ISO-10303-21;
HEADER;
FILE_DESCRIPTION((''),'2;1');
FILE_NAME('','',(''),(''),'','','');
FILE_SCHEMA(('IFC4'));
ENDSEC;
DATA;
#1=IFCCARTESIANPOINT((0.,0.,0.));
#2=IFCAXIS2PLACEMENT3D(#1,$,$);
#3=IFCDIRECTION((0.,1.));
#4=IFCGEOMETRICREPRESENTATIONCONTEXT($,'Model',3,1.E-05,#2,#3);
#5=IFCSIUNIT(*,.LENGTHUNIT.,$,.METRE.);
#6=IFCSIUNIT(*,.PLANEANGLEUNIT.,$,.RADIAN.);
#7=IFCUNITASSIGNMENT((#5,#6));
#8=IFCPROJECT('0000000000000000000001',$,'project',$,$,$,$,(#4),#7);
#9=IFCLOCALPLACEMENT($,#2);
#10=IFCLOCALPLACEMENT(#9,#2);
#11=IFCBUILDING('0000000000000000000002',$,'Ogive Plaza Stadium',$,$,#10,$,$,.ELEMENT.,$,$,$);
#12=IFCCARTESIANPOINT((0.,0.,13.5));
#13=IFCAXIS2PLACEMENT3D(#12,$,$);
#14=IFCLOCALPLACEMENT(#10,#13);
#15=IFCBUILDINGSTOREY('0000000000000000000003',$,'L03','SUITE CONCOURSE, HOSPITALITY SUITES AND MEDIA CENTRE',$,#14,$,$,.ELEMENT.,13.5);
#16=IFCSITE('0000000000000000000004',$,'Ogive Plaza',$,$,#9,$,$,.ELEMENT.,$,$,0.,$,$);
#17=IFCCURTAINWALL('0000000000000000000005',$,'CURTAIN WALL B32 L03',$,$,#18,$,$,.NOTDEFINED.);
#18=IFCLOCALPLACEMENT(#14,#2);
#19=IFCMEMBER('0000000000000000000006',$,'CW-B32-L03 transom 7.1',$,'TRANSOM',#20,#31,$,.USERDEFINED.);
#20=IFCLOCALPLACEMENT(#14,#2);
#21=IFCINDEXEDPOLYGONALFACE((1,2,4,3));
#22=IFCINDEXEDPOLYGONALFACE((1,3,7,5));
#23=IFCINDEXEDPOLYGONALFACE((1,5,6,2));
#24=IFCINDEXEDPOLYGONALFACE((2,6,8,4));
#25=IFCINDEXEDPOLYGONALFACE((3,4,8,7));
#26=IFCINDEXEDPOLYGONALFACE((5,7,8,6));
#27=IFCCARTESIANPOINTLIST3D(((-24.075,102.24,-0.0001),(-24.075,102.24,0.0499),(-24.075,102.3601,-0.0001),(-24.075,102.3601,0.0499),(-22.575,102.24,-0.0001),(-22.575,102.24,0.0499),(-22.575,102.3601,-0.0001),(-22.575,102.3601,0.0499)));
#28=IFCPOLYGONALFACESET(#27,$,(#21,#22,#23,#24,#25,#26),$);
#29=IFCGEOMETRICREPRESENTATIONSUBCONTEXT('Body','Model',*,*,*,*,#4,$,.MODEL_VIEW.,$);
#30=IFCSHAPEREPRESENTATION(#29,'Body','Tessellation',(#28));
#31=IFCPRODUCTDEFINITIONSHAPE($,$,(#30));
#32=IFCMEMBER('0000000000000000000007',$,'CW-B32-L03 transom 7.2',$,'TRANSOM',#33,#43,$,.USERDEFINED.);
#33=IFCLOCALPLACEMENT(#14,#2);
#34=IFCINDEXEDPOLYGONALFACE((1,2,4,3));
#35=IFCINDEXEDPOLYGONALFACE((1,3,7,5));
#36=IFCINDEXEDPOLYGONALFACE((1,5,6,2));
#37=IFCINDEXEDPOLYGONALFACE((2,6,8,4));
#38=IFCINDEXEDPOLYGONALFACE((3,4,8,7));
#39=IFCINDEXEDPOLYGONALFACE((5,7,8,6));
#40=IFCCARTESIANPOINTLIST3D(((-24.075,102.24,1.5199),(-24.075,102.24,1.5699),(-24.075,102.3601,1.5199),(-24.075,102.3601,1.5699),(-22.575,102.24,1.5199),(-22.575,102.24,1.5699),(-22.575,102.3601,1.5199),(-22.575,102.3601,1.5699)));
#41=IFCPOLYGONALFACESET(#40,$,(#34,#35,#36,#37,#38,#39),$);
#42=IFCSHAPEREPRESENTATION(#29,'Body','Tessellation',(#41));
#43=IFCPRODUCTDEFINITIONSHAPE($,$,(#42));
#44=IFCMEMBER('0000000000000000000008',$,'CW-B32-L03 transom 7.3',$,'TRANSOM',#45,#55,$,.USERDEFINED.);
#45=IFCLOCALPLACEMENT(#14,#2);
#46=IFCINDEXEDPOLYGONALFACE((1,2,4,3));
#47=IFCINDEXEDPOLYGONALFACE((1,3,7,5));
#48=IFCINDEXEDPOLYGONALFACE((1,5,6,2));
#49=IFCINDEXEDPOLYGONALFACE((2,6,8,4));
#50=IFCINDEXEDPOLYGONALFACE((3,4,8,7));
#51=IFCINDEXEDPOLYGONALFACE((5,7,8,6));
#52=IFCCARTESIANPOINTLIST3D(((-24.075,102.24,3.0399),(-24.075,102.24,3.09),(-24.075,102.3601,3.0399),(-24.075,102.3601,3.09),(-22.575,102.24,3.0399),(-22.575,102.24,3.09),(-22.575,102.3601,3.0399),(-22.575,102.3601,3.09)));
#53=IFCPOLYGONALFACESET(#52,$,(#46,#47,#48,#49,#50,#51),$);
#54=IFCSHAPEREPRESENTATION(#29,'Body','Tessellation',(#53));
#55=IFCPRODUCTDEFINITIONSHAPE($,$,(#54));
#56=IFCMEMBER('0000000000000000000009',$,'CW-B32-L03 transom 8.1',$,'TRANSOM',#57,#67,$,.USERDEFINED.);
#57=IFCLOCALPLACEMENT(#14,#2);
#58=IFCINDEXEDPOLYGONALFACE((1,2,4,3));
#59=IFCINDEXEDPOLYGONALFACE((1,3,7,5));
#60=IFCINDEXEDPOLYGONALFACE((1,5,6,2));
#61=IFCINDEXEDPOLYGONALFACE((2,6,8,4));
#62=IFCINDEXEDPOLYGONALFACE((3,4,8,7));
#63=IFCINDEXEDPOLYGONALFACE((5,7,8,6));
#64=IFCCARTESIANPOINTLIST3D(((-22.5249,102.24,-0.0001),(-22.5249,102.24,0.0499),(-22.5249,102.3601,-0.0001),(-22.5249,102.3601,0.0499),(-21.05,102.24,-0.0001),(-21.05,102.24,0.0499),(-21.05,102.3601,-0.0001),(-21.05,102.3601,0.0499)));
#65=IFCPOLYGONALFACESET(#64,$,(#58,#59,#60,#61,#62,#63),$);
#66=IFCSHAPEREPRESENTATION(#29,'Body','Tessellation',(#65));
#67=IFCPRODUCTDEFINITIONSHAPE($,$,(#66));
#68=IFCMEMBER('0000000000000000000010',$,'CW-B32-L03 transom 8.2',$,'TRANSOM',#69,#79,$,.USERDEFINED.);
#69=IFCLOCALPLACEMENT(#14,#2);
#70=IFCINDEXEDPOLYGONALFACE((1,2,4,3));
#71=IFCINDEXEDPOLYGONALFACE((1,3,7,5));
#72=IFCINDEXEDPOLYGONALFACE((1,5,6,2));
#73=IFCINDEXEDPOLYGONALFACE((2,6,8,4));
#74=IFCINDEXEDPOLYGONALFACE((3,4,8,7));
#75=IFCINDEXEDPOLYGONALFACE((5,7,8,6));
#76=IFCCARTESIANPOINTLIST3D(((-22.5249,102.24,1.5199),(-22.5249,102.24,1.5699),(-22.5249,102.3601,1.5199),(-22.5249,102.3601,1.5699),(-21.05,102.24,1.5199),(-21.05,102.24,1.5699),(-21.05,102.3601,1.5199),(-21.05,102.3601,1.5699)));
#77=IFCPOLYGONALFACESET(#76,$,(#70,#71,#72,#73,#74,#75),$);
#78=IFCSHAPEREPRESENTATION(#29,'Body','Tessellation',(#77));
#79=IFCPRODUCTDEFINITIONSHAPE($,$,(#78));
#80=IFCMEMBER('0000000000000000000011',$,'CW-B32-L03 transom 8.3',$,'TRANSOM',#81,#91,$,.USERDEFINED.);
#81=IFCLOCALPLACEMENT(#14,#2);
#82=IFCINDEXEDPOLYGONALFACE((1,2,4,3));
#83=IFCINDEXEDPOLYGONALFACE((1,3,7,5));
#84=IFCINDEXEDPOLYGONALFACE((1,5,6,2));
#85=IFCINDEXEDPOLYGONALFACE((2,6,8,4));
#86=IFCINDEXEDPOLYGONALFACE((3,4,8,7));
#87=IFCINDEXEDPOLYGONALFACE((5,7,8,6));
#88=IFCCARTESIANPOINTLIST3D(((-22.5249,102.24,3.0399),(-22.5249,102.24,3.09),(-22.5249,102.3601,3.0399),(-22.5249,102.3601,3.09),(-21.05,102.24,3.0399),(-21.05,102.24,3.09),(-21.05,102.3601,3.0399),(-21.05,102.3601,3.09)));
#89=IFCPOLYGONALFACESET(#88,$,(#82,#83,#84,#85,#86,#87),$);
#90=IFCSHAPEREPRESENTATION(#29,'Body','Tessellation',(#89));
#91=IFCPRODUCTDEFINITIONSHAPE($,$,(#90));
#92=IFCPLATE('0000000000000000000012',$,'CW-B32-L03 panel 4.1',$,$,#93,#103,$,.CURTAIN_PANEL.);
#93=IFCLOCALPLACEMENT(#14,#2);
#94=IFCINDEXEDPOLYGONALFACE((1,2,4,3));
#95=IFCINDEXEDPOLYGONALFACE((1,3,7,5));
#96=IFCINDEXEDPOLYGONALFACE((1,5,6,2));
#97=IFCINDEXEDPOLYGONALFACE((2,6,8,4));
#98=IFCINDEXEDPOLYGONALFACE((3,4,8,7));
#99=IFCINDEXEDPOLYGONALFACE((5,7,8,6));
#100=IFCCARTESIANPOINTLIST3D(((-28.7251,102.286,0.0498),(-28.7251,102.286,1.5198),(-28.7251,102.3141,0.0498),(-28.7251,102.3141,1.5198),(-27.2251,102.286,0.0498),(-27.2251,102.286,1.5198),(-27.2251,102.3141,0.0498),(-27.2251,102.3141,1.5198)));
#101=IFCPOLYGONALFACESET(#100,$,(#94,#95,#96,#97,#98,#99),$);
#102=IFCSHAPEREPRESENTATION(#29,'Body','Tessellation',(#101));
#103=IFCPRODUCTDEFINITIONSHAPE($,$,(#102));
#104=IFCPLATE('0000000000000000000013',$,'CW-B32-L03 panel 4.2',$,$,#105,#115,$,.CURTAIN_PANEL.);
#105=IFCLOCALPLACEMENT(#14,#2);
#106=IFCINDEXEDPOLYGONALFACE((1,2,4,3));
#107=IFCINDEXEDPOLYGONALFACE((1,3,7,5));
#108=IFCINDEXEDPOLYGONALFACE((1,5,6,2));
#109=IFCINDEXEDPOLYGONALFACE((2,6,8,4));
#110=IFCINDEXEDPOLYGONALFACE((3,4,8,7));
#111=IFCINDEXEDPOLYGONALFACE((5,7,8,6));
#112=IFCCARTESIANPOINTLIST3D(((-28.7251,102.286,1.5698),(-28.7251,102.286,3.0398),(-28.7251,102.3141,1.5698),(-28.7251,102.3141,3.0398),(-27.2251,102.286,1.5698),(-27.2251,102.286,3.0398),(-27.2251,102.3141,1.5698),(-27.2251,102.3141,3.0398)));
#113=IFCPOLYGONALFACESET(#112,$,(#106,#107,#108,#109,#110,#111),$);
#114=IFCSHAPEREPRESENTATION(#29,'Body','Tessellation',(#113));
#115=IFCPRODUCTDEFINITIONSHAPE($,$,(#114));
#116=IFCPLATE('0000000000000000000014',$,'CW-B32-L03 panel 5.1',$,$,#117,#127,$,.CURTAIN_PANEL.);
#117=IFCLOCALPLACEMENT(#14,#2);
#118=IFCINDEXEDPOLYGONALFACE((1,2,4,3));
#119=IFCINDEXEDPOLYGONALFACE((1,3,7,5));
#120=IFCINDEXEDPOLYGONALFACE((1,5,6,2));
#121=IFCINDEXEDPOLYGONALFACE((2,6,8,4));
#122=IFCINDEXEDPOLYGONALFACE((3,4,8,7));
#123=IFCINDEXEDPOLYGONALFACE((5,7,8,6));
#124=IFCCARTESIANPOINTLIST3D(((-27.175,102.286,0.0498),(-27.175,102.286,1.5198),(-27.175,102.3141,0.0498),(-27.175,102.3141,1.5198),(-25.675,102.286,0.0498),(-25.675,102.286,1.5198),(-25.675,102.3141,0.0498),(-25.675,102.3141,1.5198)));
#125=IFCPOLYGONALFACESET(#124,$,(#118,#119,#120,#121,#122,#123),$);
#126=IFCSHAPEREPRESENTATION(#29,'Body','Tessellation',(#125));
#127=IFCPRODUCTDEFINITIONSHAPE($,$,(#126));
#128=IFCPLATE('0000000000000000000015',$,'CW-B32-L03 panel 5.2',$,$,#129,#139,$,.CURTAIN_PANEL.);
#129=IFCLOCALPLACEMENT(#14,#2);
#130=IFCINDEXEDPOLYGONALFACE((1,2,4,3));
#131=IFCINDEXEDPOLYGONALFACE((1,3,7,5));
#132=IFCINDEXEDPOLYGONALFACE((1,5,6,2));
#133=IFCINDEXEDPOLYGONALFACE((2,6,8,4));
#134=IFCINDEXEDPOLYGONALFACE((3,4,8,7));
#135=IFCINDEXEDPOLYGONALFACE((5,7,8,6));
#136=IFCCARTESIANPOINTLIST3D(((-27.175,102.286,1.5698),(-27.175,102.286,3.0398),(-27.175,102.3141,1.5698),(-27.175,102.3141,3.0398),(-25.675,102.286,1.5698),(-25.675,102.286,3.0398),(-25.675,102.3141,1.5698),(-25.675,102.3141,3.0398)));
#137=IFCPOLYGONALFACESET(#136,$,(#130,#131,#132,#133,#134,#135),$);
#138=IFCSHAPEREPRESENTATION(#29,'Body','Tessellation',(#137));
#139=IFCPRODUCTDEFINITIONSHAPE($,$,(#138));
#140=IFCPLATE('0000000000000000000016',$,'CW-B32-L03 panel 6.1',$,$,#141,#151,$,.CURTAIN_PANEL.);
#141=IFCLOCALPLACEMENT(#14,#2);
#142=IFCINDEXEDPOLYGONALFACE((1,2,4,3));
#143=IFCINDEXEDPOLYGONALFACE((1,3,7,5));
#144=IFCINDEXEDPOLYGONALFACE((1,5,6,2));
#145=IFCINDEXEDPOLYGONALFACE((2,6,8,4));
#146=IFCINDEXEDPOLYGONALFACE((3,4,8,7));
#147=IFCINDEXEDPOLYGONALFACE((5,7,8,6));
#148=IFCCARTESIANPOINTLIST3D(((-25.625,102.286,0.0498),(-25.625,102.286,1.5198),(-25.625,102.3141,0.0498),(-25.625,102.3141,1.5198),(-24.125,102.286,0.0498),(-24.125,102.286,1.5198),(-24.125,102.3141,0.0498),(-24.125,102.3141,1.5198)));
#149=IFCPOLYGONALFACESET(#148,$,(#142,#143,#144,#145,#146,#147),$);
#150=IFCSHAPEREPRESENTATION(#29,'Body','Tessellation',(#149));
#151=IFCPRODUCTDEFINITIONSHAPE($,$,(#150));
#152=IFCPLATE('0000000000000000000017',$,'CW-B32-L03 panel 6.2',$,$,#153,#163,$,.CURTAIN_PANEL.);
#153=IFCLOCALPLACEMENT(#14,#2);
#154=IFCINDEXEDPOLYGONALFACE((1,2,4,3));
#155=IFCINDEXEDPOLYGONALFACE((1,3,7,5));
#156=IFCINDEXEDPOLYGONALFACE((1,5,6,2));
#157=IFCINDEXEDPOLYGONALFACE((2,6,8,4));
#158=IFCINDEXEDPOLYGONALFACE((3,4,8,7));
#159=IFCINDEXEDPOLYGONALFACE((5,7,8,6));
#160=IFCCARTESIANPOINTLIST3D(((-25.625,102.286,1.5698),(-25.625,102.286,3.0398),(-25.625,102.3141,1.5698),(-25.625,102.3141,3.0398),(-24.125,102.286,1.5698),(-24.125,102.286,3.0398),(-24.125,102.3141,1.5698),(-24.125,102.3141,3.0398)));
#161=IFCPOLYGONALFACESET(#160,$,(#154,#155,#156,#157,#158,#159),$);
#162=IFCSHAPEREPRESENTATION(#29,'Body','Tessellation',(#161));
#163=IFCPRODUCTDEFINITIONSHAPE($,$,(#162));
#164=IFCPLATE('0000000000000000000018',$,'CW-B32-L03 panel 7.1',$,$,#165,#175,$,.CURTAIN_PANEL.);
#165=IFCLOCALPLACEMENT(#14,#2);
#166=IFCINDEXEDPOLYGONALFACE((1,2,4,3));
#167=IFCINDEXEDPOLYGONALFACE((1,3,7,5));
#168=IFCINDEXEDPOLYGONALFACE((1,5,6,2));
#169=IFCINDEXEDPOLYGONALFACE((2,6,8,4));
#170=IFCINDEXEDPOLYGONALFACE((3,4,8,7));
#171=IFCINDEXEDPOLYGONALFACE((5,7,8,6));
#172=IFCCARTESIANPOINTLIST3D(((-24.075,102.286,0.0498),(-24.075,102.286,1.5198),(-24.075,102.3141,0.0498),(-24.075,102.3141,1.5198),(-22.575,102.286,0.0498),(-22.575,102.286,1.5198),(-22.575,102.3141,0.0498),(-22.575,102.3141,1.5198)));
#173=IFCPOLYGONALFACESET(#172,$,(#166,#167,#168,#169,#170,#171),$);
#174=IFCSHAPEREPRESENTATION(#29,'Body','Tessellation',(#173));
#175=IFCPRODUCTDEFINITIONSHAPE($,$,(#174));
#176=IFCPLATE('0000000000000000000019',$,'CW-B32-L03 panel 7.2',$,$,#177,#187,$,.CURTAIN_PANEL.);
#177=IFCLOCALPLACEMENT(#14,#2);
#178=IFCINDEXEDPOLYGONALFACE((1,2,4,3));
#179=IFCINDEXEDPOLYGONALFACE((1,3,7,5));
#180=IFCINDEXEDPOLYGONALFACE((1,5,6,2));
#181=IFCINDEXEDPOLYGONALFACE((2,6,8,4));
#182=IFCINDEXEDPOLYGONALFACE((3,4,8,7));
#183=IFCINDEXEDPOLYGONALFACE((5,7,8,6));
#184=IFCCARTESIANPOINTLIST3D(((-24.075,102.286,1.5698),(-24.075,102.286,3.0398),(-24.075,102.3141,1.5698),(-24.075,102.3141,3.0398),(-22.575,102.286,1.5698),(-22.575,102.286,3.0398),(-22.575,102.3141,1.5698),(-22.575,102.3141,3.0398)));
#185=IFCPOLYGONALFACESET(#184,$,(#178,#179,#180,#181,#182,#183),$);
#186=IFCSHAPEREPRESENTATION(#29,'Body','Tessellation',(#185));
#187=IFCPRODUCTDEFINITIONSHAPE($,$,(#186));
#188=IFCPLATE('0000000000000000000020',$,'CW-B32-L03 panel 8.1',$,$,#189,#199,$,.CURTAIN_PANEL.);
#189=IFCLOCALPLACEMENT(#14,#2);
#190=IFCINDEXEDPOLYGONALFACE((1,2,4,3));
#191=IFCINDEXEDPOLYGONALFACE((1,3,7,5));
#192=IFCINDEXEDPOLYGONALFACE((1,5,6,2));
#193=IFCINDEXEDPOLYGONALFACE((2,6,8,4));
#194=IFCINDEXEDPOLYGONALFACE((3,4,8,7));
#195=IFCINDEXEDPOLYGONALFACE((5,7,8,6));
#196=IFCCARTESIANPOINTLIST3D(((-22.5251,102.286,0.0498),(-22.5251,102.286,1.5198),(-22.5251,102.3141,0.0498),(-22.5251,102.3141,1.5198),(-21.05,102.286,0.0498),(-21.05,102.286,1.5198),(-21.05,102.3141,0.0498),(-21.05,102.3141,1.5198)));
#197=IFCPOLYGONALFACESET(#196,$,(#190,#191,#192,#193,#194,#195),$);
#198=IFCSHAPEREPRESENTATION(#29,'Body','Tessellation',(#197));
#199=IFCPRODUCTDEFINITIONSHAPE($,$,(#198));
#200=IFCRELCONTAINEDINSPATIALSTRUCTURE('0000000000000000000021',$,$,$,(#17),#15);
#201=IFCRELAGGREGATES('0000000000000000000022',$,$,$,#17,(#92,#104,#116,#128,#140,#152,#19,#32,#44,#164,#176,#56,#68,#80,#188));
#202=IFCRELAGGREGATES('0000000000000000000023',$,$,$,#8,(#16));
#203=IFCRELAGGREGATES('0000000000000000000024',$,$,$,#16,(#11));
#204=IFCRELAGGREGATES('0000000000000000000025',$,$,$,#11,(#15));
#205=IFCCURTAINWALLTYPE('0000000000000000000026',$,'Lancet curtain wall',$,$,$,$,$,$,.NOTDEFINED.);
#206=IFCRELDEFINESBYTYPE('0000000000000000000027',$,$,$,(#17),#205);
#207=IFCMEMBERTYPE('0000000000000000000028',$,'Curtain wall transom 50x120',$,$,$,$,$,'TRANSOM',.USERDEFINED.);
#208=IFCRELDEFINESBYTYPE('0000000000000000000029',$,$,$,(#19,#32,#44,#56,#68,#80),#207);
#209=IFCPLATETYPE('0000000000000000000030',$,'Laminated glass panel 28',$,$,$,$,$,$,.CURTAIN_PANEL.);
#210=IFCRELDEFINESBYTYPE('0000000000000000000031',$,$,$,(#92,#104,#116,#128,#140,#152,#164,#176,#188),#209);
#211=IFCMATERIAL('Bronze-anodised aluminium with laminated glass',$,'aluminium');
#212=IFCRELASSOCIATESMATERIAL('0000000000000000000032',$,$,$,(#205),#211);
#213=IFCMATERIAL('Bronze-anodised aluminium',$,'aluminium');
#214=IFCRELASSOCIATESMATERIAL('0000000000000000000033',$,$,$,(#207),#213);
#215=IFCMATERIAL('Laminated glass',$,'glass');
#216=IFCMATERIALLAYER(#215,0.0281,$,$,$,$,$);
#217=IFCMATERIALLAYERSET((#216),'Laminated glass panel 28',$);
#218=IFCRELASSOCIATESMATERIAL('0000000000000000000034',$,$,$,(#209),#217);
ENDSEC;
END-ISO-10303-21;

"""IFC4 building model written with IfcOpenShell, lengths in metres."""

from ifc_helpers import new_model, si_unit, direction, frame, origin, origin_2d, place, context, subcontext, project, spatial, rectangle, extrude, material, layer, layer_set, material_profile, profile_set, type_object, element, aggregate, save


model = new_model("IFC4")

# Units and contexts
model_context = context("Model", 3, precision=1e-05, world=origin(), true_north=direction((0.0, 1.0)))
body_context = subcontext(model_context, "Body", "Model", "MODEL_VIEW")
ifc_project = project(units=[si_unit("LENGTHUNIT", "METRE"), si_unit("PLANEANGLEUNIT", "RADIAN")], contexts=[model_context])

# Site, building, storey
site_placement = place(None, origin())
site = spatial("IfcSite", under=ifc_project, at=site_placement, Name="Ogive Plaza", CompositionType="ELEMENT", RefElevation=0.0)
building_placement = place(site_placement, origin())
building = spatial("IfcBuilding", under=site, at=building_placement, Name="Ogive Plaza Stadium", CompositionType="ELEMENT")
storey_placement = place(building_placement, frame((0.0, 0.0, 13.5)))
storey = spatial("IfcBuildingStorey", under=building, at=storey_placement, Name="L03", Description="SUITE CONCOURSE, HOSPITALITY SUITES AND MEDIA CENTRE", CompositionType="ELEMENT", Elevation=13.5)

# Curtain wall, members, plates
ifc_material_1 = material(Name="Bronze-anodised aluminium with laminated glass", Category="aluminium")
curtain_wall_type = type_object("IfcCurtainWallType", Name="Lancet curtain wall", PredefinedType="NOTDEFINED", material=ifc_material_1)
curtain_wall_placement = place(storey_placement, origin())
curtain_wall = element("IfcCurtainWall", 1, at=curtain_wall_placement, inside=storey, type_object=curtain_wall_type, Name="CURTAIN WALL B32 L03", PredefinedType="NOTDEFINED")
ifc_material_2 = material(Name="Bronze-anodised aluminium", Category="aluminium")
ifc_material_profile_1 = material_profile(ifc_material_2, rectangle(XDim=0.1201, YDim=0.05, at=origin_2d()), Name="AL 120x50")
ifc_profile_set_1 = profile_set([ifc_material_profile_1], Name="Bronze-anodised aluminium")
member_type_1 = type_object("IfcMemberType", Name="Curtain wall transom 50x120", ElementType="TRANSOM", PredefinedType="USERDEFINED", material=ifc_profile_set_1)
member_1_placement = place(storey_placement, frame((-24.075, 102.3, 0.0249), z_axis=(1.0, 0.0, 0.0), x_axis=(0.0, 1.0, 0.0)))
member_1 = element("IfcMember", 2, at=member_1_placement, type_object=member_type_1, Name="CW-B32-L03 transom 7.1", ObjectType="TRANSOM", PredefinedType="USERDEFINED", context=body_context, shape_type="SweptSolid", body=[
    extrude(rectangle(XDim=0.1201, YDim=0.05, at=origin_2d()), origin(), (0.0, 0.0, 1.0), 1.5),
])
member_2_placement = place(storey_placement, frame((-24.075, 102.3, 1.5449), z_axis=(1.0, 0.0, 0.0), x_axis=(0.0, 1.0, 0.0)))
member_2 = element("IfcMember", 3, at=member_2_placement, type_object=member_type_1, Name="CW-B32-L03 transom 7.2", ObjectType="TRANSOM", PredefinedType="USERDEFINED", context=body_context, shape_type="SweptSolid", body=[
    extrude(rectangle(XDim=0.1201, YDim=0.05, at=origin_2d()), origin(), (0.0, 0.0, 1.0), 1.5),
])
member_3_placement = place(storey_placement, frame((-24.075, 102.3, 3.0649), z_axis=(1.0, 0.0, 0.0), x_axis=(0.0, 1.0, 0.0)))
member_3 = element("IfcMember", 4, at=member_3_placement, type_object=member_type_1, Name="CW-B32-L03 transom 7.3", ObjectType="TRANSOM", PredefinedType="USERDEFINED", context=body_context, shape_type="SweptSolid", body=[
    extrude(rectangle(XDim=0.1201, YDim=0.05, at=origin_2d()), origin(), (0.0, 0.0, 1.0), 1.5),
])
member_4_placement = place(storey_placement, frame((-22.5249, 102.3, 0.0249), z_axis=(1.0, 0.0, 0.0), x_axis=(0.0, 1.0, 0.0)))
member_4 = element("IfcMember", 5, at=member_4_placement, type_object=member_type_1, Name="CW-B32-L03 transom 8.1", ObjectType="TRANSOM", PredefinedType="USERDEFINED", context=body_context, shape_type="SweptSolid", body=[
    extrude(rectangle(XDim=0.1201, YDim=0.05, at=origin_2d()), origin(), (0.0, 0.0, 1.0), 1.4749),
])
member_5_placement = place(storey_placement, frame((-22.5249, 102.3, 1.5449), z_axis=(1.0, 0.0, 0.0), x_axis=(0.0, 1.0, 0.0)))
member_5 = element("IfcMember", 6, at=member_5_placement, type_object=member_type_1, Name="CW-B32-L03 transom 8.2", ObjectType="TRANSOM", PredefinedType="USERDEFINED", context=body_context, shape_type="SweptSolid", body=[
    extrude(rectangle(XDim=0.1201, YDim=0.05, at=origin_2d()), origin(), (0.0, 0.0, 1.0), 1.4749),
])
member_6_placement = place(storey_placement, frame((-22.5249, 102.3, 3.0649), z_axis=(1.0, 0.0, 0.0), x_axis=(0.0, 1.0, 0.0)))
member_6 = element("IfcMember", 7, at=member_6_placement, type_object=member_type_1, Name="CW-B32-L03 transom 8.3", ObjectType="TRANSOM", PredefinedType="USERDEFINED", context=body_context, shape_type="SweptSolid", body=[
    extrude(rectangle(XDim=0.1201, YDim=0.05, at=origin_2d()), origin(), (0.0, 0.0, 1.0), 1.4749),
])
ifc_material_3 = material(Name="Laminated glass", Category="glass")
ifc_layer_1 = layer(ifc_material_3, 0.0281)
ifc_layer_set_1 = layer_set([ifc_layer_1], Name="Laminated glass panel 28")
plate_type = type_object("IfcPlateType", Name="Laminated glass panel 28", PredefinedType="CURTAIN_PANEL", material=ifc_layer_set_1)
plate_1_placement = place(storey_placement, frame((-27.9751, 102.3, 0.0498), z_axis=(0.0, 0.0, 1.0), x_axis=(1.0, 0.0, 0.0)))
plate_1 = element("IfcPlate", 8, at=plate_1_placement, type_object=plate_type, Name="CW-B32-L03 panel 4.1", PredefinedType="CURTAIN_PANEL", context=body_context, shape_type="SweptSolid", body=[
    extrude(rectangle(XDim=1.5, YDim=0.0281, at=origin_2d()), origin(), (0.0, 0.0, 1.0), 1.47),
])
plate_2_placement = place(storey_placement, frame((-27.9751, 102.3, 1.5698), z_axis=(0.0, 0.0, 1.0), x_axis=(1.0, 0.0, 0.0)))
plate_2 = element("IfcPlate", 9, at=plate_2_placement, type_object=plate_type, Name="CW-B32-L03 panel 4.2", PredefinedType="CURTAIN_PANEL", context=body_context, shape_type="SweptSolid", body=[
    extrude(rectangle(XDim=1.5, YDim=0.0281, at=origin_2d()), origin(), (0.0, 0.0, 1.0), 1.47),
])
plate_3_placement = place(storey_placement, frame((-26.425, 102.3, 0.0498), z_axis=(0.0, 0.0, 1.0), x_axis=(1.0, 0.0, 0.0)))
plate_3 = element("IfcPlate", 10, at=plate_3_placement, type_object=plate_type, Name="CW-B32-L03 panel 5.1", PredefinedType="CURTAIN_PANEL", context=body_context, shape_type="SweptSolid", body=[
    extrude(rectangle(XDim=1.5, YDim=0.0281, at=origin_2d()), origin(), (0.0, 0.0, 1.0), 1.47),
])
plate_4_placement = place(storey_placement, frame((-26.425, 102.3, 1.5698), z_axis=(0.0, 0.0, 1.0), x_axis=(1.0, 0.0, 0.0)))
plate_4 = element("IfcPlate", 11, at=plate_4_placement, type_object=plate_type, Name="CW-B32-L03 panel 5.2", PredefinedType="CURTAIN_PANEL", context=body_context, shape_type="SweptSolid", body=[
    extrude(rectangle(XDim=1.5, YDim=0.0281, at=origin_2d()), origin(), (0.0, 0.0, 1.0), 1.47),
])
plate_5_placement = place(storey_placement, frame((-24.875, 102.3, 0.0498), z_axis=(0.0, 0.0, 1.0), x_axis=(1.0, 0.0, 0.0)))
plate_5 = element("IfcPlate", 12, at=plate_5_placement, type_object=plate_type, Name="CW-B32-L03 panel 6.1", PredefinedType="CURTAIN_PANEL", context=body_context, shape_type="SweptSolid", body=[
    extrude(rectangle(XDim=1.5, YDim=0.0281, at=origin_2d()), origin(), (0.0, 0.0, 1.0), 1.47),
])
plate_6_placement = place(storey_placement, frame((-24.875, 102.3, 1.5698), z_axis=(0.0, 0.0, 1.0), x_axis=(1.0, 0.0, 0.0)))
plate_6 = element("IfcPlate", 13, at=plate_6_placement, type_object=plate_type, Name="CW-B32-L03 panel 6.2", PredefinedType="CURTAIN_PANEL", context=body_context, shape_type="SweptSolid", body=[
    extrude(rectangle(XDim=1.5, YDim=0.0281, at=origin_2d()), origin(), (0.0, 0.0, 1.0), 1.47),
])
plate_7_placement = place(storey_placement, frame((-23.325, 102.3, 0.0498), z_axis=(0.0, 0.0, 1.0), x_axis=(1.0, 0.0, 0.0)))
plate_7 = element("IfcPlate", 14, at=plate_7_placement, type_object=plate_type, Name="CW-B32-L03 panel 7.1", PredefinedType="CURTAIN_PANEL", context=body_context, shape_type="SweptSolid", body=[
    extrude(rectangle(XDim=1.5, YDim=0.0281, at=origin_2d()), origin(), (0.0, 0.0, 1.0), 1.47),
])
plate_8_placement = place(storey_placement, frame((-23.325, 102.3, 1.5698), z_axis=(0.0, 0.0, 1.0), x_axis=(1.0, 0.0, 0.0)))
plate_8 = element("IfcPlate", 15, at=plate_8_placement, type_object=plate_type, Name="CW-B32-L03 panel 7.2", PredefinedType="CURTAIN_PANEL", context=body_context, shape_type="SweptSolid", body=[
    extrude(rectangle(XDim=1.5, YDim=0.0281, at=origin_2d()), origin(), (0.0, 0.0, 1.0), 1.47),
])
plate_9_placement = place(storey_placement, frame((-21.7876, 102.3, 0.0498), z_axis=(0.0, 0.0, 1.0), x_axis=(1.0, 0.0, 0.0)))
plate_9 = element("IfcPlate", 16, at=plate_9_placement, type_object=plate_type, Name="CW-B32-L03 panel 8.1", PredefinedType="CURTAIN_PANEL", context=body_context, shape_type="SweptSolid", body=[
    extrude(rectangle(XDim=1.4751, YDim=0.0281, at=origin_2d()), origin(), (0.0, 0.0, 1.0), 1.47),
])
aggregate(curtain_wall, [plate_1, plate_2, plate_3, plate_4, plate_5, plate_6, member_1, member_2, member_3, plate_7, plate_8, member_4, member_5, member_6, plate_9])

save(model, "model.ifc")
